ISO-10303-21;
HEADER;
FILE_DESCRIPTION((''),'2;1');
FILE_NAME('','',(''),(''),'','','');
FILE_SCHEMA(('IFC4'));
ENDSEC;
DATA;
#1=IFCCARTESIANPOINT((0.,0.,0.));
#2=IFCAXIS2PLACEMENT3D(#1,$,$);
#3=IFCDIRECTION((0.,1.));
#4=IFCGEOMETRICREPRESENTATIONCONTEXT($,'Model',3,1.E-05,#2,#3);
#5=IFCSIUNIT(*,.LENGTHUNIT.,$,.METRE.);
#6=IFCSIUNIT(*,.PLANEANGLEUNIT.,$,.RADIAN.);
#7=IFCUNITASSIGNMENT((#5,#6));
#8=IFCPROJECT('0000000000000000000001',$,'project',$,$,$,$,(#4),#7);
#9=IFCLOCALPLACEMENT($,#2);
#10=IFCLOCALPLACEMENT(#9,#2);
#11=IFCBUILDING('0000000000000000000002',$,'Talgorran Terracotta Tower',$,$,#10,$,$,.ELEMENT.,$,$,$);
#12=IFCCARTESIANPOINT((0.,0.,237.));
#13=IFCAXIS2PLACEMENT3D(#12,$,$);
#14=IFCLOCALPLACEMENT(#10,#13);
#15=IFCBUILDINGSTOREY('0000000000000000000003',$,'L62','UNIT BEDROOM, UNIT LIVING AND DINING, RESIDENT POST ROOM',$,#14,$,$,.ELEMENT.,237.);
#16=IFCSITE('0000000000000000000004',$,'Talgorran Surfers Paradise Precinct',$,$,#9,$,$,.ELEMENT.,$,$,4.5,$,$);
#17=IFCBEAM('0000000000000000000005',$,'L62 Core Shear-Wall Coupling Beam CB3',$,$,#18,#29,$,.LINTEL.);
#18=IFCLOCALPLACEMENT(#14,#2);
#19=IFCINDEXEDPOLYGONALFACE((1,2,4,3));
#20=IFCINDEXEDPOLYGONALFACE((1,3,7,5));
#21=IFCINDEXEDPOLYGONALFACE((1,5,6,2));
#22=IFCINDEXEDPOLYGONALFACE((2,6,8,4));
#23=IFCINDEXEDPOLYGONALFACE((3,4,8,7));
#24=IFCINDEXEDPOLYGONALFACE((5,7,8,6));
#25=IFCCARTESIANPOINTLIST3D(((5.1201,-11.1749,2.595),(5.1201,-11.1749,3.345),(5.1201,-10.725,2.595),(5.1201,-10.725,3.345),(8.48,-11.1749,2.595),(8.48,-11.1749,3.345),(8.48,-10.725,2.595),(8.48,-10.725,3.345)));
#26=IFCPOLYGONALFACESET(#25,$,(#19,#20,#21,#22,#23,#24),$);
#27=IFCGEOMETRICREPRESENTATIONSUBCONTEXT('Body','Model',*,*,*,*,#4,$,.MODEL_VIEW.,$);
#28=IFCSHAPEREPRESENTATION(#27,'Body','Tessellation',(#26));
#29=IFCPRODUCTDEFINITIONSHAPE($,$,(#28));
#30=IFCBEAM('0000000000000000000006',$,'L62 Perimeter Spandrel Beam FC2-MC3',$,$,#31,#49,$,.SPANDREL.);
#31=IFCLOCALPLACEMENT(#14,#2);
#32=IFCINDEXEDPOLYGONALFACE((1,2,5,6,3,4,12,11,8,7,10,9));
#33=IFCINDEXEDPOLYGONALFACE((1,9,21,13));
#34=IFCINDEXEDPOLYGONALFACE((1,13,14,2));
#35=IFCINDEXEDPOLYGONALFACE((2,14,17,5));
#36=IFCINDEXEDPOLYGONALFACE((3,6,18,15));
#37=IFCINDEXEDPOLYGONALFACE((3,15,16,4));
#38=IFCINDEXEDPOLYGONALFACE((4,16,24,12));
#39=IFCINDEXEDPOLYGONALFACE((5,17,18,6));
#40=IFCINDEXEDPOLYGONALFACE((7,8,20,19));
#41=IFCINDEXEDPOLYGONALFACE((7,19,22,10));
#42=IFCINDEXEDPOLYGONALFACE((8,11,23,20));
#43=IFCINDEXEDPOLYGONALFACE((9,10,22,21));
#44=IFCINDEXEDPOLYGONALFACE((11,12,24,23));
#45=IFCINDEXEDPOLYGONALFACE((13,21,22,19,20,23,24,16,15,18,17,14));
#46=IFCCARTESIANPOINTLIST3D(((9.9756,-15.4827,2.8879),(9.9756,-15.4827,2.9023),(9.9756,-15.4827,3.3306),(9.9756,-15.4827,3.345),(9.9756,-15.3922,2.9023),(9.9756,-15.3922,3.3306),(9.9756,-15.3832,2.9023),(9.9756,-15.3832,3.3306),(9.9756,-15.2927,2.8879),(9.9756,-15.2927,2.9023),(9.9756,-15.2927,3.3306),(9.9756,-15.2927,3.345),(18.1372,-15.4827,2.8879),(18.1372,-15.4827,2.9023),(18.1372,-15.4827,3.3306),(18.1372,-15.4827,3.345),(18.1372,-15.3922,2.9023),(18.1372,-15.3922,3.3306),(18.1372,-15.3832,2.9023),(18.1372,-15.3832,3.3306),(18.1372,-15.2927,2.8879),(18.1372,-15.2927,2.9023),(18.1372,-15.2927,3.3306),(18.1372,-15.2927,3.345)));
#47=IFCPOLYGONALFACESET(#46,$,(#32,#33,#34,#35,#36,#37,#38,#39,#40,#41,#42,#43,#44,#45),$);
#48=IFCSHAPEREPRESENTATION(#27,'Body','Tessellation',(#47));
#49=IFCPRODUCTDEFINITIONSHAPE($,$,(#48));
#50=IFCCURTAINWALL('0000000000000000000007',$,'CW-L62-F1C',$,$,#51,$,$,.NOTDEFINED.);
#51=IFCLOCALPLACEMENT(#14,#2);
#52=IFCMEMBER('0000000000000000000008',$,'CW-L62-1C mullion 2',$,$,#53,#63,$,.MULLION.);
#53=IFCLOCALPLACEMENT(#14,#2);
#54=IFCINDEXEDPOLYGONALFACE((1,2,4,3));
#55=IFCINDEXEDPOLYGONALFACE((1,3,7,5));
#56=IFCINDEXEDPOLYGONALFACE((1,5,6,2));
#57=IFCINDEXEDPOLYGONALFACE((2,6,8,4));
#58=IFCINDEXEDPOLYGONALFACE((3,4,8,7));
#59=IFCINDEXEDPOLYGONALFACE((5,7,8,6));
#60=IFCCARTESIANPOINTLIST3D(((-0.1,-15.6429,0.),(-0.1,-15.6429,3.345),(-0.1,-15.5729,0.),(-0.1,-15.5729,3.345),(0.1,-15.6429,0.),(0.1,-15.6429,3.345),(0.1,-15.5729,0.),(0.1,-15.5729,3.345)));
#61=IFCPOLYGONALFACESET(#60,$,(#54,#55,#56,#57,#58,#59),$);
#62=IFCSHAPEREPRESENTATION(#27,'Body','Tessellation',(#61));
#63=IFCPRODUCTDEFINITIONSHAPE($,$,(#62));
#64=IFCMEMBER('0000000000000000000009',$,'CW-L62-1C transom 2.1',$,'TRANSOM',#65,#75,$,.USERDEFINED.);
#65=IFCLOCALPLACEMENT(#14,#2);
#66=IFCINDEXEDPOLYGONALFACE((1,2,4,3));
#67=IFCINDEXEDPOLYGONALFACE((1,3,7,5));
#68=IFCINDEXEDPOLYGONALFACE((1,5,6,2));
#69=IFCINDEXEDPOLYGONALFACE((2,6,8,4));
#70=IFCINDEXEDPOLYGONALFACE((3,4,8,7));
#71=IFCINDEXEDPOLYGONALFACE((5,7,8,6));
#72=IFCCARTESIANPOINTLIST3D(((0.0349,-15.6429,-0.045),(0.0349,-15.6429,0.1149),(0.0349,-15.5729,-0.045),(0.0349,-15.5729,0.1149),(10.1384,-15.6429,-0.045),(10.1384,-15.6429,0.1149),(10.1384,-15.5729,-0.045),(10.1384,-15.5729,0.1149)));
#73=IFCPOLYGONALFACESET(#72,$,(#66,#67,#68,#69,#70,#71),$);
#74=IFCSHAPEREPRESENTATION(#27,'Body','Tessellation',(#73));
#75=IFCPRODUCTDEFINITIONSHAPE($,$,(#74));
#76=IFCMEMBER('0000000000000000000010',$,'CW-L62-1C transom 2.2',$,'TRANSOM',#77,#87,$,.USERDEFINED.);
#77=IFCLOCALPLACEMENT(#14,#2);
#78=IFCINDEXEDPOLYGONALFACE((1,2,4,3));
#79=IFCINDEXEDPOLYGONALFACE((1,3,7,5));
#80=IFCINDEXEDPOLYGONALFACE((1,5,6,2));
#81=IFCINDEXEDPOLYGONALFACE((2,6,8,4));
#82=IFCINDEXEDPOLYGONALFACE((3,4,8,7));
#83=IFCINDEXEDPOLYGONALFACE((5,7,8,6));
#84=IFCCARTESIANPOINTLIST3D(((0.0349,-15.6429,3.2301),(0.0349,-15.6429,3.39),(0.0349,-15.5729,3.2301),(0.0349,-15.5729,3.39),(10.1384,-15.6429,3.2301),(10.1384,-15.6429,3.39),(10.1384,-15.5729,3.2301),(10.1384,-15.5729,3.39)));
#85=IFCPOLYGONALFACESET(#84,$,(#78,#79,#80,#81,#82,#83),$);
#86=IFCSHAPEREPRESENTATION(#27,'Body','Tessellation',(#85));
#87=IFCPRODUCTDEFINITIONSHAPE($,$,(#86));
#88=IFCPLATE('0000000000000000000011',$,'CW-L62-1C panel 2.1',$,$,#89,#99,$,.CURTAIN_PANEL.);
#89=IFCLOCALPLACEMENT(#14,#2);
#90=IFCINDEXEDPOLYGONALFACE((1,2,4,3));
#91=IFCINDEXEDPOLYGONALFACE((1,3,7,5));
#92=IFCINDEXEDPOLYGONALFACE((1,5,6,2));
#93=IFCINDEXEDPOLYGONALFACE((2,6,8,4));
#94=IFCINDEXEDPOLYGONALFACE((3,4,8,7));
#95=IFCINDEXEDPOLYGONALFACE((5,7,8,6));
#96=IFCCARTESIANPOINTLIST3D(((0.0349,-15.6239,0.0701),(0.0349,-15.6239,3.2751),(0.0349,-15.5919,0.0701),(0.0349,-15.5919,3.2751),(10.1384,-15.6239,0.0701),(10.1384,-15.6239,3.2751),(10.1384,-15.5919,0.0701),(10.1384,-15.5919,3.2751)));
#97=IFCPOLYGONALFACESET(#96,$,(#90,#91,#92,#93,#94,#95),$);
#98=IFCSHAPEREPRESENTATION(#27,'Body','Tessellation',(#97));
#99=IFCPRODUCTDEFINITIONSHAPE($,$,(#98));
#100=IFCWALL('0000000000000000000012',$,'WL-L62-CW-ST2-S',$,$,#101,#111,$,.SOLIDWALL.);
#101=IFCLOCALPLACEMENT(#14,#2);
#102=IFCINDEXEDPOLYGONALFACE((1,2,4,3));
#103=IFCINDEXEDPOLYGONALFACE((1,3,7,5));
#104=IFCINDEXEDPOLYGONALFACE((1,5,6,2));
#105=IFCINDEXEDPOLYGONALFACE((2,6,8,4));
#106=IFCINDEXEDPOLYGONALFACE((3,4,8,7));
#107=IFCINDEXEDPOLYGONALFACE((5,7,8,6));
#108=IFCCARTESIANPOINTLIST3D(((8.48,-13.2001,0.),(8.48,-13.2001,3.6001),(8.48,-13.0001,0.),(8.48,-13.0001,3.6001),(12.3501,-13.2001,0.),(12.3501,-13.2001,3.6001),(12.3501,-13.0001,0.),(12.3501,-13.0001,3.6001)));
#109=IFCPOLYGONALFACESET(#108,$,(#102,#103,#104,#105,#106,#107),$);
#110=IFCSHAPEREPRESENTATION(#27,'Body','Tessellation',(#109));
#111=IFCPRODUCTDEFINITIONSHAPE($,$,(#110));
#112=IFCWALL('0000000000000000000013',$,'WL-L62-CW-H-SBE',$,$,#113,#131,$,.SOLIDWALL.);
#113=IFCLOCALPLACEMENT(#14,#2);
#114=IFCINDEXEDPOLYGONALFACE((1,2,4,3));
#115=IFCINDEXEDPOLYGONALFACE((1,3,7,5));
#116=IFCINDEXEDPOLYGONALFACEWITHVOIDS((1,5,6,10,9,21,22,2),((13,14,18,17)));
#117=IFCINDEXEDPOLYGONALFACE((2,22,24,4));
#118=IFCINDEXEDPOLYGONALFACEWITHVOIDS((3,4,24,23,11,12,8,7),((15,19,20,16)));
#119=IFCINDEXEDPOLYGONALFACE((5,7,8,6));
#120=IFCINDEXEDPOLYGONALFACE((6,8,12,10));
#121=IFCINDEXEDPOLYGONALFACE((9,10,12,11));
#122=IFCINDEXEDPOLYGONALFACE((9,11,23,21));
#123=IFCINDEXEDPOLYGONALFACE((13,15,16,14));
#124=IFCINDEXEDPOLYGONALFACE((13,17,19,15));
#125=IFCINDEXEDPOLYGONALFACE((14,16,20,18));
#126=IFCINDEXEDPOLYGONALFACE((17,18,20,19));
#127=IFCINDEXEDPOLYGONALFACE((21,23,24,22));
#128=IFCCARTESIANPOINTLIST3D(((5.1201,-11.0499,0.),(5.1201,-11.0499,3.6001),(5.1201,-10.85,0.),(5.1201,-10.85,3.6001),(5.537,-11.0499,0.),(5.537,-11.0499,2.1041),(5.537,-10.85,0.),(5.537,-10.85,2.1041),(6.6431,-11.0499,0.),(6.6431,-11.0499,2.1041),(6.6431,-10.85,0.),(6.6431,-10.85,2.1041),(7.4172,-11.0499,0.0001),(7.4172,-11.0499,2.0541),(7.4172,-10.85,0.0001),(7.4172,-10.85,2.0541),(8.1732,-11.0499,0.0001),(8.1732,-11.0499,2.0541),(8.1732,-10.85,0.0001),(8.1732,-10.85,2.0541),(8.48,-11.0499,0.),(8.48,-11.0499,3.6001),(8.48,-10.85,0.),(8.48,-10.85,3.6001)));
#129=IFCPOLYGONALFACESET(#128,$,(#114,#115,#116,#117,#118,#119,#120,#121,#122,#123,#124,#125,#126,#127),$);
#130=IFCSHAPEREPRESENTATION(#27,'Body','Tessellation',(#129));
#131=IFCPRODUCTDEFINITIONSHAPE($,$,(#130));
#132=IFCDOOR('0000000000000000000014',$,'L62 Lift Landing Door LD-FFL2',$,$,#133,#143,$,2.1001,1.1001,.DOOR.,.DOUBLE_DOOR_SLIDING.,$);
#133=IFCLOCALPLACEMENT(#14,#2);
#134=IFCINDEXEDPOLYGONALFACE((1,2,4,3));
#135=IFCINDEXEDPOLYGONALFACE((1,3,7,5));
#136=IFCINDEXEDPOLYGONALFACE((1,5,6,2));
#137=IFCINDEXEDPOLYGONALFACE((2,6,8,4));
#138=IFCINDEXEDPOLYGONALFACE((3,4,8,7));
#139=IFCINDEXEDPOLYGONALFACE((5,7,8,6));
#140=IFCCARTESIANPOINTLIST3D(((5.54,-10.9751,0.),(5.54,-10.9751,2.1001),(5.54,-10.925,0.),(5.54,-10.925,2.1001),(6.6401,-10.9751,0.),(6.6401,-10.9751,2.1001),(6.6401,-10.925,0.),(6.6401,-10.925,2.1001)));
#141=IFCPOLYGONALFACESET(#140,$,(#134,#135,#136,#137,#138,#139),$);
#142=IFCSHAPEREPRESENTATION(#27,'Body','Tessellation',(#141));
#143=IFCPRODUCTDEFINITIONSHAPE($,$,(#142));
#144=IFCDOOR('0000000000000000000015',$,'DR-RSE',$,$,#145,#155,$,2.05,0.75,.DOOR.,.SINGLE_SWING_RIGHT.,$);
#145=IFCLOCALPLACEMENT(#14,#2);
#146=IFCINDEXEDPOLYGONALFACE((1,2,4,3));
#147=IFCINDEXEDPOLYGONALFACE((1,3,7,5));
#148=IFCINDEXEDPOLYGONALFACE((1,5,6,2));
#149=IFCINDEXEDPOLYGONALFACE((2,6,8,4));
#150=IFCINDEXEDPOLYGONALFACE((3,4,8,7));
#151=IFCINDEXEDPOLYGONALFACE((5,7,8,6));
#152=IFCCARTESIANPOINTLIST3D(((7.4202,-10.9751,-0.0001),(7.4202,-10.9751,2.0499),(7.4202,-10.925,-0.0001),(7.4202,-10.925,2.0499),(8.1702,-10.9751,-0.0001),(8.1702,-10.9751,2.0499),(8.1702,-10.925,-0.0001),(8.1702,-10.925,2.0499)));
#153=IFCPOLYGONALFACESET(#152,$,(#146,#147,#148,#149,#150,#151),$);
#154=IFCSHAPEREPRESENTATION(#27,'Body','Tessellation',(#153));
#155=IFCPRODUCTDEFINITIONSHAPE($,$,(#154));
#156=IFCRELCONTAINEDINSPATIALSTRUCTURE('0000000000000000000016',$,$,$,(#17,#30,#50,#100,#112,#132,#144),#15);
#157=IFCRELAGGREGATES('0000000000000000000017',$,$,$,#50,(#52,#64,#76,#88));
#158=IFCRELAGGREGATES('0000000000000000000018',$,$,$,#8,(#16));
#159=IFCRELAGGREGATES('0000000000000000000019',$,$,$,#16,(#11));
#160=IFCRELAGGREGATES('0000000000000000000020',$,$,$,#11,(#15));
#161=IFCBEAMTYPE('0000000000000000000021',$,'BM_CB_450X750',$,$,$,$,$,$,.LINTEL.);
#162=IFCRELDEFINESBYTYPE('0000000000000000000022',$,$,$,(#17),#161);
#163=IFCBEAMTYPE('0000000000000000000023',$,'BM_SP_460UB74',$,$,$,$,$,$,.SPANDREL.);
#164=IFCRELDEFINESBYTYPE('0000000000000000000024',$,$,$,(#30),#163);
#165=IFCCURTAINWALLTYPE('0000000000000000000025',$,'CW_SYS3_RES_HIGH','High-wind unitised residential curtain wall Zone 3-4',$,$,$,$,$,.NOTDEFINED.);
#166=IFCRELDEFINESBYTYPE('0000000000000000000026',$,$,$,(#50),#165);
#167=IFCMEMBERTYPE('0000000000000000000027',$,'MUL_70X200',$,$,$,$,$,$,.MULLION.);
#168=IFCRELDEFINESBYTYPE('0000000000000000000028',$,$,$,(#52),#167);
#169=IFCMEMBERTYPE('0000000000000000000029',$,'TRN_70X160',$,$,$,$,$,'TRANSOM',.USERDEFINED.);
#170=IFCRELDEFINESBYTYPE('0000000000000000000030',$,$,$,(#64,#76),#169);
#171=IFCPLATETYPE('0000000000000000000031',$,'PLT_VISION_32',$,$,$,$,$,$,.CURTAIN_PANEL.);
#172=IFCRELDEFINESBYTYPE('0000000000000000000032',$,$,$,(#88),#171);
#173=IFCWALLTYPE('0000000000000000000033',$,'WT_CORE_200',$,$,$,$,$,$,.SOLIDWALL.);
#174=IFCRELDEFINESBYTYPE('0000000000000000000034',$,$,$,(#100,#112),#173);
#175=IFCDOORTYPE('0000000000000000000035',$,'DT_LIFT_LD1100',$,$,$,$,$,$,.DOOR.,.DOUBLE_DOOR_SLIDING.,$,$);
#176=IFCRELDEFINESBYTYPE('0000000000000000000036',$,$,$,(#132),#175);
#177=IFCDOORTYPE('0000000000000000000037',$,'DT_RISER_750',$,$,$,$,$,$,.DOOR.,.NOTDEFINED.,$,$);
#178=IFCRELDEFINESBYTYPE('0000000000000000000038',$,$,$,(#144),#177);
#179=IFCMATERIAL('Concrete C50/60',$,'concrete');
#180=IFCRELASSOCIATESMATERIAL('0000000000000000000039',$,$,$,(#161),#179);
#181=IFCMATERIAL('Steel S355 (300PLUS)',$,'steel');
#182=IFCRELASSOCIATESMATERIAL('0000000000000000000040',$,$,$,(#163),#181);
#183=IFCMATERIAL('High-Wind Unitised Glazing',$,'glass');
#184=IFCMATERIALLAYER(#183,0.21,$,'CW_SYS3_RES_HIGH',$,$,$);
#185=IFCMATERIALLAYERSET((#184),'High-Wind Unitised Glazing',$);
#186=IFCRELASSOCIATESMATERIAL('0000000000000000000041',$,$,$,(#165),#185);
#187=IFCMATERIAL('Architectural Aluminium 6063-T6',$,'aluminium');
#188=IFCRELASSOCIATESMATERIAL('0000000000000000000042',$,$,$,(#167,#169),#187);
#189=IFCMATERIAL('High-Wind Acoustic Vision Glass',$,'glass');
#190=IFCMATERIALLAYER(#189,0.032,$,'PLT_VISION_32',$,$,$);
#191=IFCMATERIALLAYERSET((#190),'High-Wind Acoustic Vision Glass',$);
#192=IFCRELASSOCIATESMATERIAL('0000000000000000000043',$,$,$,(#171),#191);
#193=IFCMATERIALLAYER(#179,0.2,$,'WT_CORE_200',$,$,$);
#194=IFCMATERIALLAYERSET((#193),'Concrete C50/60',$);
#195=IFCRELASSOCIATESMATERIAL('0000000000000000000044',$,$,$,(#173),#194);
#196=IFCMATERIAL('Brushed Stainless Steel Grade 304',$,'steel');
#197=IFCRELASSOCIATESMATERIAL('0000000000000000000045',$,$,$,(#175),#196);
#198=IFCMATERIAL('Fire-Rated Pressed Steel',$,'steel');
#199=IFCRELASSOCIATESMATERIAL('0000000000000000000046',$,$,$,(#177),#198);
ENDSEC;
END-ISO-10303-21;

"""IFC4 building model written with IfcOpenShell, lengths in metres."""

from ifc_helpers import new_model, si_unit, direction, frame, frame_2d, origin, origin_2d, place, context, subcontext, project, spatial, rectangle, i_section, extrude, source, transform, mapped, material, layer, layer_set, material_profile, profile_set, type_object, type_shapes, element, fill, aggregate, save


model = new_model("IFC4")

# Units and contexts
model_context = context("Model", 3, precision=1e-05, world=origin(), true_north=direction((0.0, 1.0)))
body_context = subcontext(model_context, "Body", "Model", "MODEL_VIEW")
ifc_project = project(units=[si_unit("LENGTHUNIT", "METRE"), si_unit("PLANEANGLEUNIT", "RADIAN")], contexts=[model_context])

# Site, building, storey
site_placement = place(None, origin())
site = spatial("IfcSite", under=ifc_project, at=site_placement, Name="Talgorran Surfers Paradise Precinct", CompositionType="ELEMENT", RefElevation=4.5)
building_placement = place(site_placement, origin())
building = spatial("IfcBuilding", under=site, at=building_placement, Name="Talgorran Terracotta Tower", CompositionType="ELEMENT")
storey_placement = place(building_placement, frame((0.0, 0.0, 237.0)))
storey = spatial("IfcBuildingStorey", under=building, at=storey_placement, Name="L62", Description="UNIT BEDROOM, UNIT LIVING AND DINING, RESIDENT POST ROOM", CompositionType="ELEMENT", Elevation=237.0)

# Beams
ifc_material_1 = material(Name="Concrete C50/60", Category="concrete")
ifc_material_profile_1 = material_profile(ifc_material_1, rectangle(XDim=0.45, YDim=0.75, at=origin_2d()), Name="RCCB450X750")
ifc_profile_set_1 = profile_set([ifc_material_profile_1], Name="Concrete C50/60")
beam_type_1 = type_object("IfcBeamType", Name="BM_CB_450X750", PredefinedType="LINTEL", material=ifc_profile_set_1)
beam_1_placement = place(storey_placement, frame((5.1201, -10.95, 2.97), z_axis=(1.0, 0.0, 0.0), x_axis=(0.0, 1.0, 0.0)))
element("IfcBeam", 1, at=beam_1_placement, inside=storey, type_object=beam_type_1, Name="L62 Core Shear-Wall Coupling Beam CB3", PredefinedType="LINTEL", context=body_context, shape_type="SweptSolid", body=[
    extrude(rectangle(XDim=0.45, YDim=0.75, at=origin_2d()), origin(), (0.0, 0.0, 1.0), 3.3599),
])
ifc_material_2 = material(Name="Steel S355 (300PLUS)", Category="steel")
ifc_material_profile_2 = material_profile(ifc_material_2, i_section(OverallWidth=0.1899, OverallDepth=0.457, WebThickness=0.009, FlangeThickness=0.0144, at=origin_2d()), Name="460UB74.6")
ifc_profile_set_2 = profile_set([ifc_material_profile_2], Name="Steel S355 (300PLUS)")
beam_type_2 = type_object("IfcBeamType", Name="BM_SP_460UB74", PredefinedType="SPANDREL", material=ifc_profile_set_2)
beam_2_placement = place(storey_placement, frame((9.9756, -15.3877, 3.1165), z_axis=(1.0, 0.0, 0.0), x_axis=(0.0, 1.0, 0.0)))
element("IfcBeam", 2, at=beam_2_placement, inside=storey, type_object=beam_type_2, Name="L62 Perimeter Spandrel Beam FC2-MC3", PredefinedType="SPANDREL", context=body_context, shape_type="SweptSolid", body=[
    extrude(i_section(OverallWidth=0.1899, OverallDepth=0.457, WebThickness=0.009, FlangeThickness=0.0144, at=origin_2d()), origin(), (0.0, 0.0, 1.0), 8.1616),
])

# Curtain wall, members, plate
ifc_material_3 = material(Name="High-Wind Unitised Glazing", Category="glass")
ifc_layer_1 = layer(ifc_material_3, 0.21, Name="CW_SYS3_RES_HIGH")
ifc_layer_set_1 = layer_set([ifc_layer_1], Name="High-Wind Unitised Glazing")
curtain_wall_type = type_object("IfcCurtainWallType", Name="CW_SYS3_RES_HIGH", Description="High-wind unitised residential curtain wall Zone 3-4", PredefinedType="NOTDEFINED", material=ifc_layer_set_1)
curtain_wall_placement = place(storey_placement, origin())
curtain_wall = element("IfcCurtainWall", 3, at=curtain_wall_placement, inside=storey, type_object=curtain_wall_type, Name="CW-L62-F1C", PredefinedType="NOTDEFINED")
ifc_material_4 = material(Name="Architectural Aluminium 6063-T6", Category="aluminium")
ifc_material_profile_3 = material_profile(ifc_material_4, rectangle(XDim=0.0701, YDim=0.2, at=origin_2d()), Name="CWM70X200")
ifc_profile_set_3 = profile_set([ifc_material_profile_3], Name="Architectural Aluminium 6063-T6")
member_type_1 = type_object("IfcMemberType", Name="MUL_70X200", PredefinedType="MULLION", material=ifc_profile_set_3)
member_1_placement = place(storey_placement, frame((0.0, -15.6079, 0.0), z_axis=(0.0, 0.0, 1.0), x_axis=(0.0, 1.0, 0.0)))
member_1 = element("IfcMember", 4, at=member_1_placement, type_object=member_type_1, Name="CW-L62-1C mullion 2", PredefinedType="MULLION", context=body_context, shape_type="SweptSolid", body=[
    extrude(rectangle(XDim=0.0701, YDim=0.2, at=origin_2d()), origin(), (0.0, 0.0, 1.0), 3.345),
])
ifc_material_profile_4 = material_profile(ifc_material_4, rectangle(XDim=0.0701, YDim=0.1599, at=origin_2d()), Name="CWT70X160")
ifc_profile_set_4 = profile_set([ifc_material_profile_4], Name="Architectural Aluminium 6063-T6")
member_type_2 = type_object("IfcMemberType", Name="TRN_70X160", ElementType="TRANSOM", PredefinedType="USERDEFINED", material=ifc_profile_set_4)
member_2_placement = place(storey_placement, frame((0.0349, -15.6079, 0.0349), z_axis=(1.0, 0.0, 0.0), x_axis=(0.0, 1.0, 0.0)))
member_2 = element("IfcMember", 5, at=member_2_placement, type_object=member_type_2, Name="CW-L62-1C transom 2.1", ObjectType="TRANSOM", PredefinedType="USERDEFINED", context=body_context, shape_type="SweptSolid", body=[
    extrude(rectangle(XDim=0.0701, YDim=0.1599, at=origin_2d()), origin(), (0.0, 0.0, 1.0), 10.1035),
])
member_3_placement = place(storey_placement, frame((0.0349, -15.6079, 3.3101), z_axis=(1.0, 0.0, 0.0), x_axis=(0.0, 1.0, 0.0)))
member_3 = element("IfcMember", 6, at=member_3_placement, type_object=member_type_2, Name="CW-L62-1C transom 2.2", ObjectType="TRANSOM", PredefinedType="USERDEFINED", context=body_context, shape_type="SweptSolid", body=[
    extrude(rectangle(XDim=0.0701, YDim=0.1599, at=origin_2d()), origin(), (0.0, 0.0, 1.0), 10.1035),
])
ifc_material_5 = material(Name="High-Wind Acoustic Vision Glass", Category="glass")
ifc_layer_2 = layer(ifc_material_5, 0.032, Name="PLT_VISION_32")
ifc_layer_set_2 = layer_set([ifc_layer_2], Name="High-Wind Acoustic Vision Glass")
plate_type = type_object("IfcPlateType", Name="PLT_VISION_32", PredefinedType="CURTAIN_PANEL", material=ifc_layer_set_2)
shared_shape = source(origin(), body_context, "Body", "SweptSolid", [
    extrude(rectangle(XDim=10.1035, YDim=0.032, at=origin_2d()), origin(), (0.0, 0.0, 1.0), 3.2051),
])
type_shapes(plate_type, [shared_shape])
plate_placement = place(storey_placement, frame((5.0867, -15.6079, 0.0701), z_axis=(0.0, 0.0, 1.0), x_axis=(1.0, 0.0, 0.0)))
plate = element("IfcPlate", 7, at=plate_placement, type_object=plate_type, Name="CW-L62-1C panel 2.1", PredefinedType="CURTAIN_PANEL", context=body_context, shape_type="MappedRepresentation", body=[
    mapped(shared_shape, transform((0.0, 0.0, 0.0), scale=1.0)),
])
aggregate(curtain_wall, [member_1, member_2, member_3, plate])

# Wall
ifc_layer_3 = layer(ifc_material_1, 0.2, Name="WT_CORE_200")
ifc_layer_set_3 = layer_set([ifc_layer_3], Name="Concrete C50/60")
wall_type_1 = type_object("IfcWallType", Name="WT_CORE_200", PredefinedType="SOLIDWALL", material=ifc_layer_set_3)
wall_1_placement = place(storey_placement, frame((8.48, -13.1001, 0.0), z_axis=(0.0, 0.0, 1.0), x_axis=(1.0, 0.0, 0.0)))
element("IfcWall", 8, at=wall_1_placement, inside=storey, type_object=wall_type_1, Name="WL-L62-CW-ST2-S", PredefinedType="SOLIDWALL", context=body_context, shape_type="SweptSolid", body=[
    extrude(rectangle(XDim=3.8701, YDim=0.2, at=frame_2d((1.9351, 0.0))), origin(), (0.0, 0.0, 1.0), 3.6001),
])

# Wall, openings, doors
wall_2_placement = place(storey_placement, frame((5.1201, -10.95, 0.0), z_axis=(0.0, 0.0, 1.0), x_axis=(1.0, 0.0, 0.0)))
wall_2 = element("IfcWall", 9, at=wall_2_placement, inside=storey, type_object=wall_type_1, Name="WL-L62-CW-H-SBE", PredefinedType="SOLIDWALL", context=body_context, shape_type="SweptSolid", body=[
    extrude(rectangle(XDim=3.3599, YDim=0.2, at=frame_2d((1.6799, 0.0))), origin(), (0.0, 0.0, 1.0), 3.6001),
])
opening_1_placement = place(wall_2_placement, frame((0.4199, 0.0, 0.0)))
opening_1 = element("IfcOpeningElement", 10, at=opening_1_placement, cuts=wall_2, PredefinedType="OPENING", context=body_context, shape_type="SweptSolid", body=[
    extrude(rectangle(XDim=1.1061, YDim=2.1041, at=frame_2d((0.55, 1.052))), frame((0.0, 0.1099, 0.0), z_axis=(0.0, -1.0, 0.0), x_axis=(1.0, 0.0, 0.0)), (0.0, 0.0, 1.0), 0.22),
])
opening_2_placement = place(wall_2_placement, frame((2.3, 0.0, 0.0)))
opening_2 = element("IfcOpeningElement", 11, at=opening_2_placement, cuts=wall_2, PredefinedType="OPENING", context=body_context, shape_type="SweptSolid", body=[
    extrude(rectangle(XDim=0.756, YDim=2.054, at=frame_2d((0.375, 1.0271))), frame((0.0, 0.1099, 0.0), z_axis=(0.0, -1.0, 0.0), x_axis=(1.0, 0.0, 0.0)), (0.0, 0.0, 1.0), 0.22),
])
ifc_material_6 = material(Name="Brushed Stainless Steel Grade 304", Category="steel")
door_type_1 = type_object("IfcDoorType", Name="DT_LIFT_LD1100", OperationType="DOUBLE_DOOR_SLIDING", PredefinedType="DOOR", material=ifc_material_6)
door_1_placement = place(opening_1_placement, origin())
door_1 = element("IfcDoor", 12, at=door_1_placement, inside=storey, type_object=door_type_1, Name="L62 Lift Landing Door LD-FFL2", OperationType="DOUBLE_DOOR_SLIDING", OverallHeight=2.1001, OverallWidth=1.1001, PredefinedType="DOOR", context=body_context, shape_type="SweptSolid", body=[
    extrude(rectangle(XDim=1.1001, YDim=2.1001, at=frame_2d((0.55, 1.05))), frame((0.0, 0.0249, 0.0), z_axis=(0.0, -1.0, 0.0), x_axis=(1.0, 0.0, 0.0)), (0.0, 0.0, 1.0), 0.05),
])
fill(opening_1, door_1)
ifc_material_7 = material(Name="Fire-Rated Pressed Steel", Category="steel")
door_type_2 = type_object("IfcDoorType", Name="DT_RISER_750", OperationType="NOTDEFINED", PredefinedType="DOOR", material=ifc_material_7)
door_2_placement = place(opening_2_placement, origin())
door_2 = element("IfcDoor", 13, at=door_2_placement, inside=storey, type_object=door_type_2, Name="DR-RSE", OperationType="SINGLE_SWING_RIGHT", OverallHeight=2.05, OverallWidth=0.75, PredefinedType="DOOR", context=body_context, shape_type="SweptSolid", body=[
    extrude(rectangle(XDim=0.75, YDim=2.05, at=frame_2d((0.375, 1.0249))), frame((0.0, 0.0249, 0.0), z_axis=(0.0, -1.0, 0.0), x_axis=(1.0, 0.0, 0.0)), (0.0, 0.0, 1.0), 0.05),
])
fill(opening_2, door_2)

save(model, "model.ifc")
